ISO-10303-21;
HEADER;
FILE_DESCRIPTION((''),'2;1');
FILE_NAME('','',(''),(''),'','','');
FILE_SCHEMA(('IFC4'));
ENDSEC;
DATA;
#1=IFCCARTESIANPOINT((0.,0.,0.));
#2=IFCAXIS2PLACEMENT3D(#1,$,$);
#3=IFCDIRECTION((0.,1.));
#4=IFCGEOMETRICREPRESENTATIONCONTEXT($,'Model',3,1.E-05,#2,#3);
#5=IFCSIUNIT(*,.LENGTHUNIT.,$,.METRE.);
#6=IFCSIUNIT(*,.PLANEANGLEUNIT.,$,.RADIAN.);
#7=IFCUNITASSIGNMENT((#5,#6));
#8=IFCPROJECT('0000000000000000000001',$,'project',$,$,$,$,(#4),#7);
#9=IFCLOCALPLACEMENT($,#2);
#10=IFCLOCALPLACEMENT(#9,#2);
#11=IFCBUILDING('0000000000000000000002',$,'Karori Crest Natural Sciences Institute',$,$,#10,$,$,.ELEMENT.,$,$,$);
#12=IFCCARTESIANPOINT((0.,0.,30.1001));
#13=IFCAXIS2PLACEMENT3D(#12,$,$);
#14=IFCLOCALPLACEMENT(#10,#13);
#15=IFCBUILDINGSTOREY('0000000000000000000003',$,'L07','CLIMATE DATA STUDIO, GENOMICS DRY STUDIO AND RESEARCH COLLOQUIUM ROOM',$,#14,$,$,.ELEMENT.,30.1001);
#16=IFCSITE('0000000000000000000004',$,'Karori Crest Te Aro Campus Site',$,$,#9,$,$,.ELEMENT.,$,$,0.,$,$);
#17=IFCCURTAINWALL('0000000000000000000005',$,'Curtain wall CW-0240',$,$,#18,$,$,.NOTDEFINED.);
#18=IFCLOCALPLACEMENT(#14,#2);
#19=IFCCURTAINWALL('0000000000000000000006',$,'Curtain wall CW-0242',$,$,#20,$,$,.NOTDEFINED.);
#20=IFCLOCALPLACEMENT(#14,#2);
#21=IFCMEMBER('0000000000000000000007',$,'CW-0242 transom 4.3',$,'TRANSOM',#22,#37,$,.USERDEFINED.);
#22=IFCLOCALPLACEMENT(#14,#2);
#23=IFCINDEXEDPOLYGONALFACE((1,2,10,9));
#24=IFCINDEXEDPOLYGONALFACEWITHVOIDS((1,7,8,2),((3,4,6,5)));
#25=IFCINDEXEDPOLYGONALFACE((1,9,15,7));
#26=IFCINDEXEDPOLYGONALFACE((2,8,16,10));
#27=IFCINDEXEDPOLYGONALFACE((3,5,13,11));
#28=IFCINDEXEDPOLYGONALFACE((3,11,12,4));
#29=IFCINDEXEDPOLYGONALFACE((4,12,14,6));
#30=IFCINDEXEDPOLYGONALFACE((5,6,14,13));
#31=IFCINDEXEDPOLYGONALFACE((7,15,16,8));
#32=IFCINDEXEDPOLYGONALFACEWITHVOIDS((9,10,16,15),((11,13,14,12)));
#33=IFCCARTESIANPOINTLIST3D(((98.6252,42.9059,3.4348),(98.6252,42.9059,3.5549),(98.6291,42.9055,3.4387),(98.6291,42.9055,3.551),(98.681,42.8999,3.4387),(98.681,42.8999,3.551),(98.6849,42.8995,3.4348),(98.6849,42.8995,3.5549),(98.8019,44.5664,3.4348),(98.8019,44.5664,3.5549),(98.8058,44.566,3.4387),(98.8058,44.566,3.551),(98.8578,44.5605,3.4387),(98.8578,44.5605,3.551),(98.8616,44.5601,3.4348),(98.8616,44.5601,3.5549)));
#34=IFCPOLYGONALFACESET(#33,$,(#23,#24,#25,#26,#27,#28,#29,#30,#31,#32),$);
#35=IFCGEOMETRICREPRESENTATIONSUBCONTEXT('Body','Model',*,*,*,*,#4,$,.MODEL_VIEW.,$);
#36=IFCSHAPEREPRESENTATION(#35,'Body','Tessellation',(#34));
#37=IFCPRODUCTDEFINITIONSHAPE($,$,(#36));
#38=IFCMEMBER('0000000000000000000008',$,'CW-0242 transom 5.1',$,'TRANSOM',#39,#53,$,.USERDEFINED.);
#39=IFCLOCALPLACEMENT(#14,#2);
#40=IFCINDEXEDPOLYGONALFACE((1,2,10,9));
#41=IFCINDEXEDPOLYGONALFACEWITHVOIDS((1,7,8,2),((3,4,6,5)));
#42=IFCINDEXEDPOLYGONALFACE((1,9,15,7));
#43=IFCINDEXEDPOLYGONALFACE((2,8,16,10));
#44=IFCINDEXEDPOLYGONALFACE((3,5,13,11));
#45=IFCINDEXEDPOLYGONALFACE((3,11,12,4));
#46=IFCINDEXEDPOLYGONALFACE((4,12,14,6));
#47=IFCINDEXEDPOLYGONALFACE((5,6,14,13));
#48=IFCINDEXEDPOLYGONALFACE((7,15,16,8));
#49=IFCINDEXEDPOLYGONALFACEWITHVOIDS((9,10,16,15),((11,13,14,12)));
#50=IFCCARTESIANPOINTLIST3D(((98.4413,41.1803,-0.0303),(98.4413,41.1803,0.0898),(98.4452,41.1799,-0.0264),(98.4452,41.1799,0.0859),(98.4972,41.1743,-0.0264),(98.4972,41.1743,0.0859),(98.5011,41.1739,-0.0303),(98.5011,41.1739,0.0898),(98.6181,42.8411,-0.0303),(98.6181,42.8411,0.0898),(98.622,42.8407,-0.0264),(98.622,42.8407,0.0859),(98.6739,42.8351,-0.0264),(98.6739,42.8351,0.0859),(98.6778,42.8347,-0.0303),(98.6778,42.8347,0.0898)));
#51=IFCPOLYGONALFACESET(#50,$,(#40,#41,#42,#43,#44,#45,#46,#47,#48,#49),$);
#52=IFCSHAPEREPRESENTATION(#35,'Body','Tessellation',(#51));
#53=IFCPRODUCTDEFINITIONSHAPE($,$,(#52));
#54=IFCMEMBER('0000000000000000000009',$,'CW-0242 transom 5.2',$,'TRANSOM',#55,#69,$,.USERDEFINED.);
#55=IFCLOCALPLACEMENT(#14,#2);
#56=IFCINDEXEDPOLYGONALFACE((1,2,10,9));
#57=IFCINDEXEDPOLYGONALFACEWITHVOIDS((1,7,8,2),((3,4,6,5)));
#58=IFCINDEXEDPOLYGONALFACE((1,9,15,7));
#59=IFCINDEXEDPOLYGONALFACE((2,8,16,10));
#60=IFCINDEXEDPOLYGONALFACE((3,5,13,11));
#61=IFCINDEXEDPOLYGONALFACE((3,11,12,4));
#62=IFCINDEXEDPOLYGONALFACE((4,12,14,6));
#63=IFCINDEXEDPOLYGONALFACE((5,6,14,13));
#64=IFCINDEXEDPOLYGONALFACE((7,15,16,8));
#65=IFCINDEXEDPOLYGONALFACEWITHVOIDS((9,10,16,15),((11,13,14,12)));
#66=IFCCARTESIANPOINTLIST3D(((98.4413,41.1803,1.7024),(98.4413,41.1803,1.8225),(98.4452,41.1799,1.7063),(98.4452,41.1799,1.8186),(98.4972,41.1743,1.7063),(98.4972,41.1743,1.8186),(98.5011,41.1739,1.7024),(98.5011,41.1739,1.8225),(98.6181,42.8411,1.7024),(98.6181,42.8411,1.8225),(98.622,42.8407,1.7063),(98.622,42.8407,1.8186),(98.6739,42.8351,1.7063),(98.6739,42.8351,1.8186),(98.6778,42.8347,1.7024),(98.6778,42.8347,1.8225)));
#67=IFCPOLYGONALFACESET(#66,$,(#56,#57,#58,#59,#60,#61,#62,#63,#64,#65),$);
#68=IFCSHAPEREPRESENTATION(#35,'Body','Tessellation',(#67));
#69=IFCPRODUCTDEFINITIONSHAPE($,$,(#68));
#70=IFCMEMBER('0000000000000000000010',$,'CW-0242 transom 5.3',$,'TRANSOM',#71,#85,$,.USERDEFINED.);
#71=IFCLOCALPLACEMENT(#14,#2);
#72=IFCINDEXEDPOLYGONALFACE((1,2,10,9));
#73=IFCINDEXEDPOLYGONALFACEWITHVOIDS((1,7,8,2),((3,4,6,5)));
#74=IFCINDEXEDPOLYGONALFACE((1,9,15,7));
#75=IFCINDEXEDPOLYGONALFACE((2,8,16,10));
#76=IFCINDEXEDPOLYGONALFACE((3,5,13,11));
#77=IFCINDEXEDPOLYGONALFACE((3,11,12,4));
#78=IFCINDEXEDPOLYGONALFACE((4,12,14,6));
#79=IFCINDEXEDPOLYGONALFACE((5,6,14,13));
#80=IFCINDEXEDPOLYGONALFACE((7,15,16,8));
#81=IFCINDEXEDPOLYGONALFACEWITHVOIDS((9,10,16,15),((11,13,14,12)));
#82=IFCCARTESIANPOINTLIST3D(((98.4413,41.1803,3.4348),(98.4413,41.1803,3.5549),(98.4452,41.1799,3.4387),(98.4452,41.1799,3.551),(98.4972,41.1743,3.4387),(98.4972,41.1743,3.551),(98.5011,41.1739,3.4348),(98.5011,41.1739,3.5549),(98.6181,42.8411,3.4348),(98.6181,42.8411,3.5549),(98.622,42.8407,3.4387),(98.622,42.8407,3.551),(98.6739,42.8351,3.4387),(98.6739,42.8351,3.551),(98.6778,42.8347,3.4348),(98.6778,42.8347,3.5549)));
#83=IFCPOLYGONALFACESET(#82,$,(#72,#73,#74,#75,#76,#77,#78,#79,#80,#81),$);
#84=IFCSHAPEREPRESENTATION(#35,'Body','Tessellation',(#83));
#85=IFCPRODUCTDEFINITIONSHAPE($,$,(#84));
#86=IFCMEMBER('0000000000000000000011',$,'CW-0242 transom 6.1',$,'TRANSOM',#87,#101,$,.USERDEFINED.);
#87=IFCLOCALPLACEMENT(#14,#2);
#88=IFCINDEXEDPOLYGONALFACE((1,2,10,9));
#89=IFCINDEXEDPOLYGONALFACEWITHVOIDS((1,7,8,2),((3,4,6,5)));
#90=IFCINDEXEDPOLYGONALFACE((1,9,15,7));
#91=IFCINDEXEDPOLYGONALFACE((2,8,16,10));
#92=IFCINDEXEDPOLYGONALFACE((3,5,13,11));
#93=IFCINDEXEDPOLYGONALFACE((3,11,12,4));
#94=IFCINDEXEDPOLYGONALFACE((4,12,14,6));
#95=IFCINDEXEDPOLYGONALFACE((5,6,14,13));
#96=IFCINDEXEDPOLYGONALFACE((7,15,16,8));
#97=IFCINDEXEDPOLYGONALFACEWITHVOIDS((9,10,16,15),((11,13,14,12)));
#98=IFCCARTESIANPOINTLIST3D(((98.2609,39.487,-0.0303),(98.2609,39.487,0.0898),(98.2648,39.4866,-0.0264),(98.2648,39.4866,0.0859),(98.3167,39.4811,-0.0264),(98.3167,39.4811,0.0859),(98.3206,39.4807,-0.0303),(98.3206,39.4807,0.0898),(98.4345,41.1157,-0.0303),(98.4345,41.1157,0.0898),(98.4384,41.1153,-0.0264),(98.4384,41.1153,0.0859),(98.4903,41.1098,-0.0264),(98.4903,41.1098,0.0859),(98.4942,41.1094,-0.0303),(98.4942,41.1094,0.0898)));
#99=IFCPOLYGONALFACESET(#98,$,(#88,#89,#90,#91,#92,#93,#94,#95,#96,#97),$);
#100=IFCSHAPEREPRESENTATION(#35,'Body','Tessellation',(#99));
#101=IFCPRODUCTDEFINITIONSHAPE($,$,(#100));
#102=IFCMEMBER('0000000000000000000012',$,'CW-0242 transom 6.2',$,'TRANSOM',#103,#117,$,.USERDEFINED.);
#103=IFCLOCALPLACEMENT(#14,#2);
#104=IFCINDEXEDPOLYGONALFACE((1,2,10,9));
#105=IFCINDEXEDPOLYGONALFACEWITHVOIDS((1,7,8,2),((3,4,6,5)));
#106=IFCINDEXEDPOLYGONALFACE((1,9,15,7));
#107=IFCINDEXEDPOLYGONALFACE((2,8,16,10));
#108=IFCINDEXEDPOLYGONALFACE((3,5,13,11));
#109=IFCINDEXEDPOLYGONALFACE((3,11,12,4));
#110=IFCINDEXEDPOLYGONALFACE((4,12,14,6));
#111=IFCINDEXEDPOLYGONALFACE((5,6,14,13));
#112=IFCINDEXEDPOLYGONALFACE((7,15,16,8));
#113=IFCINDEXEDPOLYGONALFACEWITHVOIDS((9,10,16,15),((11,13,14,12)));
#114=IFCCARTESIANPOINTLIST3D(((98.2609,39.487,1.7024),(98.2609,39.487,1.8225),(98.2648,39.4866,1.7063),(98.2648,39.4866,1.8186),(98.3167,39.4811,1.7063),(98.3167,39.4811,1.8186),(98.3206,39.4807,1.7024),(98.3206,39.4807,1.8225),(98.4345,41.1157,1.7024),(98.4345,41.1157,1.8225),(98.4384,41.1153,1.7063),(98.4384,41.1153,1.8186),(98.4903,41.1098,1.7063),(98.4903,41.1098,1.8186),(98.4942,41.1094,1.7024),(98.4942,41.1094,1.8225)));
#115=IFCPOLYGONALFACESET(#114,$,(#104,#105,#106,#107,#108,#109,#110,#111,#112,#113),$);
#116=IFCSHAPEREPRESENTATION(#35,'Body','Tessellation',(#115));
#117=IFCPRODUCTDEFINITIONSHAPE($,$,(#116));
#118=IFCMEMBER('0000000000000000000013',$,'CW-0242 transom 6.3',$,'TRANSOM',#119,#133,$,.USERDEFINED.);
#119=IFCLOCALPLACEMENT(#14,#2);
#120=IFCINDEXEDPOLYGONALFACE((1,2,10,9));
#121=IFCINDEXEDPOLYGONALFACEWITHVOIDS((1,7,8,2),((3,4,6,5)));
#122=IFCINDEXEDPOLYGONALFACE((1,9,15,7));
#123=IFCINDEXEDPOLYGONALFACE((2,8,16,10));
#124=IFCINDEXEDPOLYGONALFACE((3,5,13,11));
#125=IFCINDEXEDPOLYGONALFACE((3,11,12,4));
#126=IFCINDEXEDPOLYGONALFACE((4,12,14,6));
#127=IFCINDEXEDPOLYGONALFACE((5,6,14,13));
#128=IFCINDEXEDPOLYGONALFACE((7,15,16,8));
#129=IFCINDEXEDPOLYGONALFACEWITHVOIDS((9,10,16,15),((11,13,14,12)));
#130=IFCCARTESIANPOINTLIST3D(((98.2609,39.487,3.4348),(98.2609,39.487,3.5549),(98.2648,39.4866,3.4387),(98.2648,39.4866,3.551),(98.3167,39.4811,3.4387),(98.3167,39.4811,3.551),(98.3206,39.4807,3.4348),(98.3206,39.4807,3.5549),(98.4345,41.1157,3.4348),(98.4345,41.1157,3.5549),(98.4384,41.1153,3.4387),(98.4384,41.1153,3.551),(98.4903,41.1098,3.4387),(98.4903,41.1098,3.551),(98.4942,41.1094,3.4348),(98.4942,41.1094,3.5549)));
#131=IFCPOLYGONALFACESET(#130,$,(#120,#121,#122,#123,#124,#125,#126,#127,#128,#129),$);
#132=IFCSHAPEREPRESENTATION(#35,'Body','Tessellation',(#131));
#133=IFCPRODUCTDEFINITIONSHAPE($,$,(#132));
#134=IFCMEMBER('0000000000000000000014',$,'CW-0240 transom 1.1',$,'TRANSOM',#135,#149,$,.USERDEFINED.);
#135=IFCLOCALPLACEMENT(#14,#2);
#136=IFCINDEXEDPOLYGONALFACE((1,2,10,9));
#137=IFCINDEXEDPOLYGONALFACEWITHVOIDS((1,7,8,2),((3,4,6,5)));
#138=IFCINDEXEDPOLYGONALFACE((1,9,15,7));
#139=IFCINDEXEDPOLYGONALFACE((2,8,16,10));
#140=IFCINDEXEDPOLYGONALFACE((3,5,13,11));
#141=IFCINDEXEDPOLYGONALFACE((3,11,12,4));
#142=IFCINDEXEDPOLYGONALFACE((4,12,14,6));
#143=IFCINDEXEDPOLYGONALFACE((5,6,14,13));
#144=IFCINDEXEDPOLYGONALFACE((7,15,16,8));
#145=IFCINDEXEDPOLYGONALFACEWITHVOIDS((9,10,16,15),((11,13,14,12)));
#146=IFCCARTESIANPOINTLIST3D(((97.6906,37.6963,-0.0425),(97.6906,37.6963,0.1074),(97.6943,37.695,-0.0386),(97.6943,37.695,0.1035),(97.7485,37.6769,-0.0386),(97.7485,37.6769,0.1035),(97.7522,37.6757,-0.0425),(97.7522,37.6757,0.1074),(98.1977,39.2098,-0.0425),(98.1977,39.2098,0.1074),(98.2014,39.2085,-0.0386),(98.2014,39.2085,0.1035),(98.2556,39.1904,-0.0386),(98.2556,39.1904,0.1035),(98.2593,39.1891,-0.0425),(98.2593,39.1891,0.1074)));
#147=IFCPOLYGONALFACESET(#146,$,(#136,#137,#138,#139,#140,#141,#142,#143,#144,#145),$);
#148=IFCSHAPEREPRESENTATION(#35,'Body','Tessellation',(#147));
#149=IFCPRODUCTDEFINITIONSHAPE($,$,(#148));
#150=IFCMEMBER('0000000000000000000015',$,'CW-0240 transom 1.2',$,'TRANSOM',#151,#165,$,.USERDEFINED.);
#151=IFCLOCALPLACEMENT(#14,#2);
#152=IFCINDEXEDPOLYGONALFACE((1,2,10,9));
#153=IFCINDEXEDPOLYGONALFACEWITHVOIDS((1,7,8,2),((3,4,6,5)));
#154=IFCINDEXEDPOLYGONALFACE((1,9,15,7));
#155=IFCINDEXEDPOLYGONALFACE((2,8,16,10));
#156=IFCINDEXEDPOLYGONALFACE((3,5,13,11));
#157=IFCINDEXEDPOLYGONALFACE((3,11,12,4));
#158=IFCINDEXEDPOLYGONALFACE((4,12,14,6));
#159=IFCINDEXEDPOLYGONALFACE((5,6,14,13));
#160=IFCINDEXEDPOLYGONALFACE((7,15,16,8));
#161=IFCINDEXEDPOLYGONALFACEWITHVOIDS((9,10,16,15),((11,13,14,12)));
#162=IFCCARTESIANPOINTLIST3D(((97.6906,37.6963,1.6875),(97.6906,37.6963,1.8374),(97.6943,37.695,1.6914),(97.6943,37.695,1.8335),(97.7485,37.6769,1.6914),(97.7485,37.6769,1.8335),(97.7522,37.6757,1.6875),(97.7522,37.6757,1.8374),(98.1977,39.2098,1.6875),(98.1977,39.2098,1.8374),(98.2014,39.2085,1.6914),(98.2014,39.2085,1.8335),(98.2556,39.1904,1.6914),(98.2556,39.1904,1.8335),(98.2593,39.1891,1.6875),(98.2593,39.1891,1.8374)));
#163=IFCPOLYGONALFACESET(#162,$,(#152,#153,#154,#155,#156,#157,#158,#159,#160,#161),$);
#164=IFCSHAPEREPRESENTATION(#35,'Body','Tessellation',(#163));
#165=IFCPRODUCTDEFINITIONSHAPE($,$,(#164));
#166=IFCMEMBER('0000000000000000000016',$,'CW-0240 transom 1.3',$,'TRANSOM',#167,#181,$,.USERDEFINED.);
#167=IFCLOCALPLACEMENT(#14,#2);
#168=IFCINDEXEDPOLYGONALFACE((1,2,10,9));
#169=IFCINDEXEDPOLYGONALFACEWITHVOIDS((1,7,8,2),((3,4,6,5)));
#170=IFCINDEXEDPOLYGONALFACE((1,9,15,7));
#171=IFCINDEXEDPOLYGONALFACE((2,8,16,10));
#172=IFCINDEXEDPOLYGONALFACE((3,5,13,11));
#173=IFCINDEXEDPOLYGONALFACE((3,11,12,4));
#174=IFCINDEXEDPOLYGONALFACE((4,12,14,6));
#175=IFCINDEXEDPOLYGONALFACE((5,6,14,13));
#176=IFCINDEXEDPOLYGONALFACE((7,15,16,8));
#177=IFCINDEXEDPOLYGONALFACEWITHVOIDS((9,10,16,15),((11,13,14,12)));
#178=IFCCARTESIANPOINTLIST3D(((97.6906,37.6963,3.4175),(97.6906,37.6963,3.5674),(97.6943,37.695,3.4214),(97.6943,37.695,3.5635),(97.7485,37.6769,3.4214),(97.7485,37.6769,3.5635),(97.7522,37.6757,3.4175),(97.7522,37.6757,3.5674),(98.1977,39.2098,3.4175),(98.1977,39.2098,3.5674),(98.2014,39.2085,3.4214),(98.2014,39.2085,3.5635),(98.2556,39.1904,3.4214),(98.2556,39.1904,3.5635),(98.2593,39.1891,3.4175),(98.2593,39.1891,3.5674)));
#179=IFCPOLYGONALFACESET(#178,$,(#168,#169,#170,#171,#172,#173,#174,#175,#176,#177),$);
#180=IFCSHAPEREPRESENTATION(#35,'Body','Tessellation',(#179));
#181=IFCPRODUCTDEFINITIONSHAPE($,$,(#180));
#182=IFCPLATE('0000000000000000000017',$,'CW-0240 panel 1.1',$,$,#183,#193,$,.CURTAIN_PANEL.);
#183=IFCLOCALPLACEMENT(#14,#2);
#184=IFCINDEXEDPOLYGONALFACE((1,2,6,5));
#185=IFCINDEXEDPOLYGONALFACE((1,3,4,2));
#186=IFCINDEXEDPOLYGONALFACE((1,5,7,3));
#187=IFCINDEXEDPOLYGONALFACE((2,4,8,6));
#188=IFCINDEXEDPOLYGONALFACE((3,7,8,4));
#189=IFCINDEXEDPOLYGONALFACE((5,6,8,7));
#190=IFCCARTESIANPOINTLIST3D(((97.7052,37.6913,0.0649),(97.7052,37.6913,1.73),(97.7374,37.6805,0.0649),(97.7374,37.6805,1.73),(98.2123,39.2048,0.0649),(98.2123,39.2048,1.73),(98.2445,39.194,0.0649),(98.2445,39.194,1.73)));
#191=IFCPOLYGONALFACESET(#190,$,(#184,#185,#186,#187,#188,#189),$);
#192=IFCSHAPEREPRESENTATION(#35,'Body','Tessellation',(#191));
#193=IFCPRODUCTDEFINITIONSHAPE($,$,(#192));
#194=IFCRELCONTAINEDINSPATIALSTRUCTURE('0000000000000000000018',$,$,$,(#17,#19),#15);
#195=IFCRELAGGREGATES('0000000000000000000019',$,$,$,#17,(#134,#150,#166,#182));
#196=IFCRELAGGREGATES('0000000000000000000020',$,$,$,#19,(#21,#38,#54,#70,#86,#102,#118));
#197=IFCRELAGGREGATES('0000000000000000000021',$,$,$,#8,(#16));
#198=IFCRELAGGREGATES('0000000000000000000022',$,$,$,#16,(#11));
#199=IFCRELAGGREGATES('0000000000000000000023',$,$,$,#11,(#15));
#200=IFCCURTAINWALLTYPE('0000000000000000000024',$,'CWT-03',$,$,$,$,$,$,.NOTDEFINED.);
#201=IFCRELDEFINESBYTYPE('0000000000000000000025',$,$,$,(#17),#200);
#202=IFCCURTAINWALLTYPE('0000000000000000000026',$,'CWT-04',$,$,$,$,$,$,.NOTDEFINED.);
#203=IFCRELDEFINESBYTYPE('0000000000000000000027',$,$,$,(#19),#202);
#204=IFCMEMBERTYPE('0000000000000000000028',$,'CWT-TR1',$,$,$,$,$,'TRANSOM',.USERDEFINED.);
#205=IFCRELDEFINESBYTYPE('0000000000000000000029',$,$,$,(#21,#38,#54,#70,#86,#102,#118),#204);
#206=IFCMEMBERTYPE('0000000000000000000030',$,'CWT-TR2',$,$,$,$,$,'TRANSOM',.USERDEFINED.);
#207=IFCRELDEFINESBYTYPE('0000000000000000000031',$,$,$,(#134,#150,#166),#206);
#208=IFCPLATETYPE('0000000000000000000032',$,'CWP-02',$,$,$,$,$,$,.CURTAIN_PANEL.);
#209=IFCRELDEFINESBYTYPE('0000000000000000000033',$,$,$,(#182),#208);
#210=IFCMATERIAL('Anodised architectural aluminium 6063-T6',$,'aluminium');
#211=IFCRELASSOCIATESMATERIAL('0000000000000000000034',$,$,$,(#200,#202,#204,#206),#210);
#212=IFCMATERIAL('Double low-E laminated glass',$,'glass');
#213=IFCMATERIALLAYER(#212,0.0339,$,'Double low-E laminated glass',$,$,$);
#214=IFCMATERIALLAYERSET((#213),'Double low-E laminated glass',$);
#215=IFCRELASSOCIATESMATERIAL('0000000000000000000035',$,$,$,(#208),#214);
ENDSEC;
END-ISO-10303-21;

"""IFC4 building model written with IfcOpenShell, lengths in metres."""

from ifc_helpers import new_model, si_unit, direction, frame, origin, origin_2d, place, context, subcontext, project, spatial, rectangle, hollow_rectangle, extrude, material, layer, layer_set, material_profile, profile_set, type_object, element, aggregate, save


model = new_model("IFC4")

# Units and contexts
model_context = context("Model", 3, precision=1e-05, world=origin(), true_north=direction((0.0, 1.0)))
body_context = subcontext(model_context, "Body", "Model", "MODEL_VIEW")
ifc_project = project(units=[si_unit("LENGTHUNIT", "METRE"), si_unit("PLANEANGLEUNIT", "RADIAN")], contexts=[model_context])

# Site, building, storey
site_placement = place(None, origin())
site = spatial("IfcSite", under=ifc_project, at=site_placement, Name="Karori Crest Te Aro Campus Site", CompositionType="ELEMENT", RefElevation=0.0)
building_placement = place(site_placement, origin())
building = spatial("IfcBuilding", under=site, at=building_placement, Name="Karori Crest Natural Sciences Institute", CompositionType="ELEMENT")
storey_placement = place(building_placement, frame((0.0, 0.0, 30.1001)))
storey = spatial("IfcBuildingStorey", under=building, at=storey_placement, Name="L07", Description="CLIMATE DATA STUDIO, GENOMICS DRY STUDIO AND RESEARCH COLLOQUIUM ROOM", CompositionType="ELEMENT", Elevation=30.1001)

# Curtain wall
ifc_material_1 = material(Name="Anodised architectural aluminium 6063-T6", Category="aluminium")
curtain_wall_type_1 = type_object("IfcCurtainWallType", Name="CWT-03", PredefinedType="NOTDEFINED", material=ifc_material_1)
curtain_wall_1_placement = place(storey_placement, origin())
curtain_wall_1 = element("IfcCurtainWall", 1, at=curtain_wall_1_placement, inside=storey, type_object=curtain_wall_type_1, Name="Curtain wall CW-0240", PredefinedType="NOTDEFINED")

# Curtain wall, members
curtain_wall_type_2 = type_object("IfcCurtainWallType", Name="CWT-04", PredefinedType="NOTDEFINED", material=ifc_material_1)
curtain_wall_2_placement = place(storey_placement, origin())
curtain_wall_2 = element("IfcCurtainWall", 2, at=curtain_wall_2_placement, inside=storey, type_object=curtain_wall_type_2, Name="Curtain wall CW-0242", PredefinedType="NOTDEFINED")
ifc_material_profile_1 = material_profile(ifc_material_1, hollow_rectangle(XDim=0.0601, YDim=0.1201, WallThickness=0.0039, at=origin_2d()), Name="CWT120x60x4")
ifc_profile_set_1 = profile_set([ifc_material_profile_1], Name="Anodised architectural aluminium 6063-T6")
member_type_1 = type_object("IfcMemberType", Name="CWT-TR1", ElementType="TRANSOM", PredefinedType="USERDEFINED", material=ifc_profile_set_1)
member_1_placement = place(storey_placement, frame((98.8318, 44.5632, 3.4949), z_axis=(-0.105841, -0.994383, 0.0), x_axis=(0.994383, -0.105841, 0.0)))
member_1 = element("IfcMember", 3, at=member_1_placement, type_object=member_type_1, Name="CW-0242 transom 4.3", ObjectType="TRANSOM", PredefinedType="USERDEFINED", context=body_context, shape_type="SweptSolid", body=[
    extrude(hollow_rectangle(XDim=0.0601, YDim=0.1201, WallThickness=0.0039, at=origin_2d()), origin(), (0.0, 0.0, 1.0), 1.6699),
])
member_2_placement = place(storey_placement, frame((98.6479, 42.8379, 0.0298), z_axis=(-0.105826, -0.994385, 0.0), x_axis=(0.994385, -0.105826, 0.0)))
member_2 = element("IfcMember", 4, at=member_2_placement, type_object=member_type_1, Name="CW-0242 transom 5.1", ObjectType="TRANSOM", PredefinedType="USERDEFINED", context=body_context, shape_type="SweptSolid", body=[
    extrude(hollow_rectangle(XDim=0.0601, YDim=0.1201, WallThickness=0.0039, at=origin_2d()), origin(), (0.0, 0.0, 1.0), 1.6702),
])
member_3_placement = place(storey_placement, frame((98.6479, 42.8379, 1.7625), z_axis=(-0.105826, -0.994385, 0.0), x_axis=(0.994385, -0.105826, 0.0)))
member_3 = element("IfcMember", 5, at=member_3_placement, type_object=member_type_1, Name="CW-0242 transom 5.2", ObjectType="TRANSOM", PredefinedType="USERDEFINED", context=body_context, shape_type="SweptSolid", body=[
    extrude(hollow_rectangle(XDim=0.0601, YDim=0.1201, WallThickness=0.0039, at=origin_2d()), origin(), (0.0, 0.0, 1.0), 1.6702),
])
member_4_placement = place(storey_placement, frame((98.6479, 42.8379, 3.4949), z_axis=(-0.105826, -0.994385, 0.0), x_axis=(0.994385, -0.105826, 0.0)))
member_4 = element("IfcMember", 6, at=member_4_placement, type_object=member_type_1, Name="CW-0242 transom 5.3", ObjectType="TRANSOM", PredefinedType="USERDEFINED", context=body_context, shape_type="SweptSolid", body=[
    extrude(hollow_rectangle(XDim=0.0601, YDim=0.1201, WallThickness=0.0039, at=origin_2d()), origin(), (0.0, 0.0, 1.0), 1.6702),
])
member_5_placement = place(storey_placement, frame((98.4644, 41.1125, 0.0298), z_axis=(-0.10598, -0.994368, 0.0), x_axis=(0.994368, -0.10598, 0.0)))
member_5 = element("IfcMember", 7, at=member_5_placement, type_object=member_type_1, Name="CW-0242 transom 6.1", ObjectType="TRANSOM", PredefinedType="USERDEFINED", context=body_context, shape_type="SweptSolid", body=[
    extrude(hollow_rectangle(XDim=0.0601, YDim=0.1201, WallThickness=0.0039, at=origin_2d()), origin(), (0.0, 0.0, 1.0), 1.6379),
])
member_6_placement = place(storey_placement, frame((98.4644, 41.1125, 1.7625), z_axis=(-0.10598, -0.994368, 0.0), x_axis=(0.994368, -0.10598, 0.0)))
member_6 = element("IfcMember", 8, at=member_6_placement, type_object=member_type_1, Name="CW-0242 transom 6.2", ObjectType="TRANSOM", PredefinedType="USERDEFINED", context=body_context, shape_type="SweptSolid", body=[
    extrude(hollow_rectangle(XDim=0.0601, YDim=0.1201, WallThickness=0.0039, at=origin_2d()), origin(), (0.0, 0.0, 1.0), 1.6379),
])
member_7_placement = place(storey_placement, frame((98.4644, 41.1125, 3.4949), z_axis=(-0.10598, -0.994368, 0.0), x_axis=(0.994368, -0.10598, 0.0)))
member_7 = element("IfcMember", 9, at=member_7_placement, type_object=member_type_1, Name="CW-0242 transom 6.3", ObjectType="TRANSOM", PredefinedType="USERDEFINED", context=body_context, shape_type="SweptSolid", body=[
    extrude(hollow_rectangle(XDim=0.0601, YDim=0.1201, WallThickness=0.0039, at=origin_2d()), origin(), (0.0, 0.0, 1.0), 1.6379),
])

# Members
ifc_material_profile_2 = material_profile(ifc_material_1, hollow_rectangle(XDim=0.0649, YDim=0.1499, WallThickness=0.0039, at=origin_2d()), Name="CWT150x65x4")
ifc_profile_set_2 = profile_set([ifc_material_profile_2], Name="Anodised architectural aluminium 6063-T6")
member_type_2 = type_object("IfcMemberType", Name="CWT-TR2", ElementType="TRANSOM", PredefinedType="USERDEFINED", material=ifc_profile_set_2)
member_8_placement = place(storey_placement, frame((98.2285, 39.1995, 0.0325), z_axis=(-0.317696, -0.948193, 0.0), x_axis=(0.948193, -0.317696, 0.0)))
member_8 = element("IfcMember", 10, at=member_8_placement, type_object=member_type_2, Name="CW-0240 transom 1.1", ObjectType="TRANSOM", PredefinedType="USERDEFINED", context=body_context, shape_type="SweptSolid", body=[
    extrude(hollow_rectangle(XDim=0.0649, YDim=0.1499, WallThickness=0.0039, at=origin_2d()), origin(), (0.0, 0.0, 1.0), 1.5962),
])
member_9_placement = place(storey_placement, frame((98.2285, 39.1995, 1.7625), z_axis=(-0.317696, -0.948193, 0.0), x_axis=(0.948193, -0.317696, 0.0)))
member_9 = element("IfcMember", 11, at=member_9_placement, type_object=member_type_2, Name="CW-0240 transom 1.2", ObjectType="TRANSOM", PredefinedType="USERDEFINED", context=body_context, shape_type="SweptSolid", body=[
    extrude(hollow_rectangle(XDim=0.0649, YDim=0.1499, WallThickness=0.0039, at=origin_2d()), origin(), (0.0, 0.0, 1.0), 1.5962),
])
member_10_placement = place(storey_placement, frame((98.2285, 39.1995, 3.4924), z_axis=(-0.317696, -0.948193, 0.0), x_axis=(0.948193, -0.317696, 0.0)))
member_10 = element("IfcMember", 12, at=member_10_placement, type_object=member_type_2, Name="CW-0240 transom 1.3", ObjectType="TRANSOM", PredefinedType="USERDEFINED", context=body_context, shape_type="SweptSolid", body=[
    extrude(hollow_rectangle(XDim=0.0649, YDim=0.1499, WallThickness=0.0039, at=origin_2d()), origin(), (0.0, 0.0, 1.0), 1.5962),
])

# Plate
ifc_material_2 = material(Name="Double low-E laminated glass", Category="glass")
ifc_layer_1 = layer(ifc_material_2, 0.0339, Name="Double low-E laminated glass")
ifc_layer_set_1 = layer_set([ifc_layer_1], Name="Double low-E laminated glass")
plate_type_1 = type_object("IfcPlateType", Name="CWP-02", PredefinedType="CURTAIN_PANEL", material=ifc_layer_set_1)
plate_1_placement = place(storey_placement, frame((97.9749, 38.4426, 0.0649), z_axis=(0.0, 0.0, 1.0), x_axis=(-0.31768, -0.948198, 0.0)))
plate_1 = element("IfcPlate", 13, at=plate_1_placement, type_object=plate_type_1, Name="CW-0240 panel 1.1", PredefinedType="CURTAIN_PANEL", context=body_context, shape_type="SweptSolid", body=[
    extrude(rectangle(XDim=1.5962, YDim=0.0339, at=origin_2d()), origin(), (0.0, 0.0, 1.0), 1.665),
])
aggregate(curtain_wall_1, [member_8, member_9, member_10, plate_1])
aggregate(curtain_wall_2, [member_1, member_2, member_3, member_4, member_5, member_6, member_7])

save(model, "model.ifc")
